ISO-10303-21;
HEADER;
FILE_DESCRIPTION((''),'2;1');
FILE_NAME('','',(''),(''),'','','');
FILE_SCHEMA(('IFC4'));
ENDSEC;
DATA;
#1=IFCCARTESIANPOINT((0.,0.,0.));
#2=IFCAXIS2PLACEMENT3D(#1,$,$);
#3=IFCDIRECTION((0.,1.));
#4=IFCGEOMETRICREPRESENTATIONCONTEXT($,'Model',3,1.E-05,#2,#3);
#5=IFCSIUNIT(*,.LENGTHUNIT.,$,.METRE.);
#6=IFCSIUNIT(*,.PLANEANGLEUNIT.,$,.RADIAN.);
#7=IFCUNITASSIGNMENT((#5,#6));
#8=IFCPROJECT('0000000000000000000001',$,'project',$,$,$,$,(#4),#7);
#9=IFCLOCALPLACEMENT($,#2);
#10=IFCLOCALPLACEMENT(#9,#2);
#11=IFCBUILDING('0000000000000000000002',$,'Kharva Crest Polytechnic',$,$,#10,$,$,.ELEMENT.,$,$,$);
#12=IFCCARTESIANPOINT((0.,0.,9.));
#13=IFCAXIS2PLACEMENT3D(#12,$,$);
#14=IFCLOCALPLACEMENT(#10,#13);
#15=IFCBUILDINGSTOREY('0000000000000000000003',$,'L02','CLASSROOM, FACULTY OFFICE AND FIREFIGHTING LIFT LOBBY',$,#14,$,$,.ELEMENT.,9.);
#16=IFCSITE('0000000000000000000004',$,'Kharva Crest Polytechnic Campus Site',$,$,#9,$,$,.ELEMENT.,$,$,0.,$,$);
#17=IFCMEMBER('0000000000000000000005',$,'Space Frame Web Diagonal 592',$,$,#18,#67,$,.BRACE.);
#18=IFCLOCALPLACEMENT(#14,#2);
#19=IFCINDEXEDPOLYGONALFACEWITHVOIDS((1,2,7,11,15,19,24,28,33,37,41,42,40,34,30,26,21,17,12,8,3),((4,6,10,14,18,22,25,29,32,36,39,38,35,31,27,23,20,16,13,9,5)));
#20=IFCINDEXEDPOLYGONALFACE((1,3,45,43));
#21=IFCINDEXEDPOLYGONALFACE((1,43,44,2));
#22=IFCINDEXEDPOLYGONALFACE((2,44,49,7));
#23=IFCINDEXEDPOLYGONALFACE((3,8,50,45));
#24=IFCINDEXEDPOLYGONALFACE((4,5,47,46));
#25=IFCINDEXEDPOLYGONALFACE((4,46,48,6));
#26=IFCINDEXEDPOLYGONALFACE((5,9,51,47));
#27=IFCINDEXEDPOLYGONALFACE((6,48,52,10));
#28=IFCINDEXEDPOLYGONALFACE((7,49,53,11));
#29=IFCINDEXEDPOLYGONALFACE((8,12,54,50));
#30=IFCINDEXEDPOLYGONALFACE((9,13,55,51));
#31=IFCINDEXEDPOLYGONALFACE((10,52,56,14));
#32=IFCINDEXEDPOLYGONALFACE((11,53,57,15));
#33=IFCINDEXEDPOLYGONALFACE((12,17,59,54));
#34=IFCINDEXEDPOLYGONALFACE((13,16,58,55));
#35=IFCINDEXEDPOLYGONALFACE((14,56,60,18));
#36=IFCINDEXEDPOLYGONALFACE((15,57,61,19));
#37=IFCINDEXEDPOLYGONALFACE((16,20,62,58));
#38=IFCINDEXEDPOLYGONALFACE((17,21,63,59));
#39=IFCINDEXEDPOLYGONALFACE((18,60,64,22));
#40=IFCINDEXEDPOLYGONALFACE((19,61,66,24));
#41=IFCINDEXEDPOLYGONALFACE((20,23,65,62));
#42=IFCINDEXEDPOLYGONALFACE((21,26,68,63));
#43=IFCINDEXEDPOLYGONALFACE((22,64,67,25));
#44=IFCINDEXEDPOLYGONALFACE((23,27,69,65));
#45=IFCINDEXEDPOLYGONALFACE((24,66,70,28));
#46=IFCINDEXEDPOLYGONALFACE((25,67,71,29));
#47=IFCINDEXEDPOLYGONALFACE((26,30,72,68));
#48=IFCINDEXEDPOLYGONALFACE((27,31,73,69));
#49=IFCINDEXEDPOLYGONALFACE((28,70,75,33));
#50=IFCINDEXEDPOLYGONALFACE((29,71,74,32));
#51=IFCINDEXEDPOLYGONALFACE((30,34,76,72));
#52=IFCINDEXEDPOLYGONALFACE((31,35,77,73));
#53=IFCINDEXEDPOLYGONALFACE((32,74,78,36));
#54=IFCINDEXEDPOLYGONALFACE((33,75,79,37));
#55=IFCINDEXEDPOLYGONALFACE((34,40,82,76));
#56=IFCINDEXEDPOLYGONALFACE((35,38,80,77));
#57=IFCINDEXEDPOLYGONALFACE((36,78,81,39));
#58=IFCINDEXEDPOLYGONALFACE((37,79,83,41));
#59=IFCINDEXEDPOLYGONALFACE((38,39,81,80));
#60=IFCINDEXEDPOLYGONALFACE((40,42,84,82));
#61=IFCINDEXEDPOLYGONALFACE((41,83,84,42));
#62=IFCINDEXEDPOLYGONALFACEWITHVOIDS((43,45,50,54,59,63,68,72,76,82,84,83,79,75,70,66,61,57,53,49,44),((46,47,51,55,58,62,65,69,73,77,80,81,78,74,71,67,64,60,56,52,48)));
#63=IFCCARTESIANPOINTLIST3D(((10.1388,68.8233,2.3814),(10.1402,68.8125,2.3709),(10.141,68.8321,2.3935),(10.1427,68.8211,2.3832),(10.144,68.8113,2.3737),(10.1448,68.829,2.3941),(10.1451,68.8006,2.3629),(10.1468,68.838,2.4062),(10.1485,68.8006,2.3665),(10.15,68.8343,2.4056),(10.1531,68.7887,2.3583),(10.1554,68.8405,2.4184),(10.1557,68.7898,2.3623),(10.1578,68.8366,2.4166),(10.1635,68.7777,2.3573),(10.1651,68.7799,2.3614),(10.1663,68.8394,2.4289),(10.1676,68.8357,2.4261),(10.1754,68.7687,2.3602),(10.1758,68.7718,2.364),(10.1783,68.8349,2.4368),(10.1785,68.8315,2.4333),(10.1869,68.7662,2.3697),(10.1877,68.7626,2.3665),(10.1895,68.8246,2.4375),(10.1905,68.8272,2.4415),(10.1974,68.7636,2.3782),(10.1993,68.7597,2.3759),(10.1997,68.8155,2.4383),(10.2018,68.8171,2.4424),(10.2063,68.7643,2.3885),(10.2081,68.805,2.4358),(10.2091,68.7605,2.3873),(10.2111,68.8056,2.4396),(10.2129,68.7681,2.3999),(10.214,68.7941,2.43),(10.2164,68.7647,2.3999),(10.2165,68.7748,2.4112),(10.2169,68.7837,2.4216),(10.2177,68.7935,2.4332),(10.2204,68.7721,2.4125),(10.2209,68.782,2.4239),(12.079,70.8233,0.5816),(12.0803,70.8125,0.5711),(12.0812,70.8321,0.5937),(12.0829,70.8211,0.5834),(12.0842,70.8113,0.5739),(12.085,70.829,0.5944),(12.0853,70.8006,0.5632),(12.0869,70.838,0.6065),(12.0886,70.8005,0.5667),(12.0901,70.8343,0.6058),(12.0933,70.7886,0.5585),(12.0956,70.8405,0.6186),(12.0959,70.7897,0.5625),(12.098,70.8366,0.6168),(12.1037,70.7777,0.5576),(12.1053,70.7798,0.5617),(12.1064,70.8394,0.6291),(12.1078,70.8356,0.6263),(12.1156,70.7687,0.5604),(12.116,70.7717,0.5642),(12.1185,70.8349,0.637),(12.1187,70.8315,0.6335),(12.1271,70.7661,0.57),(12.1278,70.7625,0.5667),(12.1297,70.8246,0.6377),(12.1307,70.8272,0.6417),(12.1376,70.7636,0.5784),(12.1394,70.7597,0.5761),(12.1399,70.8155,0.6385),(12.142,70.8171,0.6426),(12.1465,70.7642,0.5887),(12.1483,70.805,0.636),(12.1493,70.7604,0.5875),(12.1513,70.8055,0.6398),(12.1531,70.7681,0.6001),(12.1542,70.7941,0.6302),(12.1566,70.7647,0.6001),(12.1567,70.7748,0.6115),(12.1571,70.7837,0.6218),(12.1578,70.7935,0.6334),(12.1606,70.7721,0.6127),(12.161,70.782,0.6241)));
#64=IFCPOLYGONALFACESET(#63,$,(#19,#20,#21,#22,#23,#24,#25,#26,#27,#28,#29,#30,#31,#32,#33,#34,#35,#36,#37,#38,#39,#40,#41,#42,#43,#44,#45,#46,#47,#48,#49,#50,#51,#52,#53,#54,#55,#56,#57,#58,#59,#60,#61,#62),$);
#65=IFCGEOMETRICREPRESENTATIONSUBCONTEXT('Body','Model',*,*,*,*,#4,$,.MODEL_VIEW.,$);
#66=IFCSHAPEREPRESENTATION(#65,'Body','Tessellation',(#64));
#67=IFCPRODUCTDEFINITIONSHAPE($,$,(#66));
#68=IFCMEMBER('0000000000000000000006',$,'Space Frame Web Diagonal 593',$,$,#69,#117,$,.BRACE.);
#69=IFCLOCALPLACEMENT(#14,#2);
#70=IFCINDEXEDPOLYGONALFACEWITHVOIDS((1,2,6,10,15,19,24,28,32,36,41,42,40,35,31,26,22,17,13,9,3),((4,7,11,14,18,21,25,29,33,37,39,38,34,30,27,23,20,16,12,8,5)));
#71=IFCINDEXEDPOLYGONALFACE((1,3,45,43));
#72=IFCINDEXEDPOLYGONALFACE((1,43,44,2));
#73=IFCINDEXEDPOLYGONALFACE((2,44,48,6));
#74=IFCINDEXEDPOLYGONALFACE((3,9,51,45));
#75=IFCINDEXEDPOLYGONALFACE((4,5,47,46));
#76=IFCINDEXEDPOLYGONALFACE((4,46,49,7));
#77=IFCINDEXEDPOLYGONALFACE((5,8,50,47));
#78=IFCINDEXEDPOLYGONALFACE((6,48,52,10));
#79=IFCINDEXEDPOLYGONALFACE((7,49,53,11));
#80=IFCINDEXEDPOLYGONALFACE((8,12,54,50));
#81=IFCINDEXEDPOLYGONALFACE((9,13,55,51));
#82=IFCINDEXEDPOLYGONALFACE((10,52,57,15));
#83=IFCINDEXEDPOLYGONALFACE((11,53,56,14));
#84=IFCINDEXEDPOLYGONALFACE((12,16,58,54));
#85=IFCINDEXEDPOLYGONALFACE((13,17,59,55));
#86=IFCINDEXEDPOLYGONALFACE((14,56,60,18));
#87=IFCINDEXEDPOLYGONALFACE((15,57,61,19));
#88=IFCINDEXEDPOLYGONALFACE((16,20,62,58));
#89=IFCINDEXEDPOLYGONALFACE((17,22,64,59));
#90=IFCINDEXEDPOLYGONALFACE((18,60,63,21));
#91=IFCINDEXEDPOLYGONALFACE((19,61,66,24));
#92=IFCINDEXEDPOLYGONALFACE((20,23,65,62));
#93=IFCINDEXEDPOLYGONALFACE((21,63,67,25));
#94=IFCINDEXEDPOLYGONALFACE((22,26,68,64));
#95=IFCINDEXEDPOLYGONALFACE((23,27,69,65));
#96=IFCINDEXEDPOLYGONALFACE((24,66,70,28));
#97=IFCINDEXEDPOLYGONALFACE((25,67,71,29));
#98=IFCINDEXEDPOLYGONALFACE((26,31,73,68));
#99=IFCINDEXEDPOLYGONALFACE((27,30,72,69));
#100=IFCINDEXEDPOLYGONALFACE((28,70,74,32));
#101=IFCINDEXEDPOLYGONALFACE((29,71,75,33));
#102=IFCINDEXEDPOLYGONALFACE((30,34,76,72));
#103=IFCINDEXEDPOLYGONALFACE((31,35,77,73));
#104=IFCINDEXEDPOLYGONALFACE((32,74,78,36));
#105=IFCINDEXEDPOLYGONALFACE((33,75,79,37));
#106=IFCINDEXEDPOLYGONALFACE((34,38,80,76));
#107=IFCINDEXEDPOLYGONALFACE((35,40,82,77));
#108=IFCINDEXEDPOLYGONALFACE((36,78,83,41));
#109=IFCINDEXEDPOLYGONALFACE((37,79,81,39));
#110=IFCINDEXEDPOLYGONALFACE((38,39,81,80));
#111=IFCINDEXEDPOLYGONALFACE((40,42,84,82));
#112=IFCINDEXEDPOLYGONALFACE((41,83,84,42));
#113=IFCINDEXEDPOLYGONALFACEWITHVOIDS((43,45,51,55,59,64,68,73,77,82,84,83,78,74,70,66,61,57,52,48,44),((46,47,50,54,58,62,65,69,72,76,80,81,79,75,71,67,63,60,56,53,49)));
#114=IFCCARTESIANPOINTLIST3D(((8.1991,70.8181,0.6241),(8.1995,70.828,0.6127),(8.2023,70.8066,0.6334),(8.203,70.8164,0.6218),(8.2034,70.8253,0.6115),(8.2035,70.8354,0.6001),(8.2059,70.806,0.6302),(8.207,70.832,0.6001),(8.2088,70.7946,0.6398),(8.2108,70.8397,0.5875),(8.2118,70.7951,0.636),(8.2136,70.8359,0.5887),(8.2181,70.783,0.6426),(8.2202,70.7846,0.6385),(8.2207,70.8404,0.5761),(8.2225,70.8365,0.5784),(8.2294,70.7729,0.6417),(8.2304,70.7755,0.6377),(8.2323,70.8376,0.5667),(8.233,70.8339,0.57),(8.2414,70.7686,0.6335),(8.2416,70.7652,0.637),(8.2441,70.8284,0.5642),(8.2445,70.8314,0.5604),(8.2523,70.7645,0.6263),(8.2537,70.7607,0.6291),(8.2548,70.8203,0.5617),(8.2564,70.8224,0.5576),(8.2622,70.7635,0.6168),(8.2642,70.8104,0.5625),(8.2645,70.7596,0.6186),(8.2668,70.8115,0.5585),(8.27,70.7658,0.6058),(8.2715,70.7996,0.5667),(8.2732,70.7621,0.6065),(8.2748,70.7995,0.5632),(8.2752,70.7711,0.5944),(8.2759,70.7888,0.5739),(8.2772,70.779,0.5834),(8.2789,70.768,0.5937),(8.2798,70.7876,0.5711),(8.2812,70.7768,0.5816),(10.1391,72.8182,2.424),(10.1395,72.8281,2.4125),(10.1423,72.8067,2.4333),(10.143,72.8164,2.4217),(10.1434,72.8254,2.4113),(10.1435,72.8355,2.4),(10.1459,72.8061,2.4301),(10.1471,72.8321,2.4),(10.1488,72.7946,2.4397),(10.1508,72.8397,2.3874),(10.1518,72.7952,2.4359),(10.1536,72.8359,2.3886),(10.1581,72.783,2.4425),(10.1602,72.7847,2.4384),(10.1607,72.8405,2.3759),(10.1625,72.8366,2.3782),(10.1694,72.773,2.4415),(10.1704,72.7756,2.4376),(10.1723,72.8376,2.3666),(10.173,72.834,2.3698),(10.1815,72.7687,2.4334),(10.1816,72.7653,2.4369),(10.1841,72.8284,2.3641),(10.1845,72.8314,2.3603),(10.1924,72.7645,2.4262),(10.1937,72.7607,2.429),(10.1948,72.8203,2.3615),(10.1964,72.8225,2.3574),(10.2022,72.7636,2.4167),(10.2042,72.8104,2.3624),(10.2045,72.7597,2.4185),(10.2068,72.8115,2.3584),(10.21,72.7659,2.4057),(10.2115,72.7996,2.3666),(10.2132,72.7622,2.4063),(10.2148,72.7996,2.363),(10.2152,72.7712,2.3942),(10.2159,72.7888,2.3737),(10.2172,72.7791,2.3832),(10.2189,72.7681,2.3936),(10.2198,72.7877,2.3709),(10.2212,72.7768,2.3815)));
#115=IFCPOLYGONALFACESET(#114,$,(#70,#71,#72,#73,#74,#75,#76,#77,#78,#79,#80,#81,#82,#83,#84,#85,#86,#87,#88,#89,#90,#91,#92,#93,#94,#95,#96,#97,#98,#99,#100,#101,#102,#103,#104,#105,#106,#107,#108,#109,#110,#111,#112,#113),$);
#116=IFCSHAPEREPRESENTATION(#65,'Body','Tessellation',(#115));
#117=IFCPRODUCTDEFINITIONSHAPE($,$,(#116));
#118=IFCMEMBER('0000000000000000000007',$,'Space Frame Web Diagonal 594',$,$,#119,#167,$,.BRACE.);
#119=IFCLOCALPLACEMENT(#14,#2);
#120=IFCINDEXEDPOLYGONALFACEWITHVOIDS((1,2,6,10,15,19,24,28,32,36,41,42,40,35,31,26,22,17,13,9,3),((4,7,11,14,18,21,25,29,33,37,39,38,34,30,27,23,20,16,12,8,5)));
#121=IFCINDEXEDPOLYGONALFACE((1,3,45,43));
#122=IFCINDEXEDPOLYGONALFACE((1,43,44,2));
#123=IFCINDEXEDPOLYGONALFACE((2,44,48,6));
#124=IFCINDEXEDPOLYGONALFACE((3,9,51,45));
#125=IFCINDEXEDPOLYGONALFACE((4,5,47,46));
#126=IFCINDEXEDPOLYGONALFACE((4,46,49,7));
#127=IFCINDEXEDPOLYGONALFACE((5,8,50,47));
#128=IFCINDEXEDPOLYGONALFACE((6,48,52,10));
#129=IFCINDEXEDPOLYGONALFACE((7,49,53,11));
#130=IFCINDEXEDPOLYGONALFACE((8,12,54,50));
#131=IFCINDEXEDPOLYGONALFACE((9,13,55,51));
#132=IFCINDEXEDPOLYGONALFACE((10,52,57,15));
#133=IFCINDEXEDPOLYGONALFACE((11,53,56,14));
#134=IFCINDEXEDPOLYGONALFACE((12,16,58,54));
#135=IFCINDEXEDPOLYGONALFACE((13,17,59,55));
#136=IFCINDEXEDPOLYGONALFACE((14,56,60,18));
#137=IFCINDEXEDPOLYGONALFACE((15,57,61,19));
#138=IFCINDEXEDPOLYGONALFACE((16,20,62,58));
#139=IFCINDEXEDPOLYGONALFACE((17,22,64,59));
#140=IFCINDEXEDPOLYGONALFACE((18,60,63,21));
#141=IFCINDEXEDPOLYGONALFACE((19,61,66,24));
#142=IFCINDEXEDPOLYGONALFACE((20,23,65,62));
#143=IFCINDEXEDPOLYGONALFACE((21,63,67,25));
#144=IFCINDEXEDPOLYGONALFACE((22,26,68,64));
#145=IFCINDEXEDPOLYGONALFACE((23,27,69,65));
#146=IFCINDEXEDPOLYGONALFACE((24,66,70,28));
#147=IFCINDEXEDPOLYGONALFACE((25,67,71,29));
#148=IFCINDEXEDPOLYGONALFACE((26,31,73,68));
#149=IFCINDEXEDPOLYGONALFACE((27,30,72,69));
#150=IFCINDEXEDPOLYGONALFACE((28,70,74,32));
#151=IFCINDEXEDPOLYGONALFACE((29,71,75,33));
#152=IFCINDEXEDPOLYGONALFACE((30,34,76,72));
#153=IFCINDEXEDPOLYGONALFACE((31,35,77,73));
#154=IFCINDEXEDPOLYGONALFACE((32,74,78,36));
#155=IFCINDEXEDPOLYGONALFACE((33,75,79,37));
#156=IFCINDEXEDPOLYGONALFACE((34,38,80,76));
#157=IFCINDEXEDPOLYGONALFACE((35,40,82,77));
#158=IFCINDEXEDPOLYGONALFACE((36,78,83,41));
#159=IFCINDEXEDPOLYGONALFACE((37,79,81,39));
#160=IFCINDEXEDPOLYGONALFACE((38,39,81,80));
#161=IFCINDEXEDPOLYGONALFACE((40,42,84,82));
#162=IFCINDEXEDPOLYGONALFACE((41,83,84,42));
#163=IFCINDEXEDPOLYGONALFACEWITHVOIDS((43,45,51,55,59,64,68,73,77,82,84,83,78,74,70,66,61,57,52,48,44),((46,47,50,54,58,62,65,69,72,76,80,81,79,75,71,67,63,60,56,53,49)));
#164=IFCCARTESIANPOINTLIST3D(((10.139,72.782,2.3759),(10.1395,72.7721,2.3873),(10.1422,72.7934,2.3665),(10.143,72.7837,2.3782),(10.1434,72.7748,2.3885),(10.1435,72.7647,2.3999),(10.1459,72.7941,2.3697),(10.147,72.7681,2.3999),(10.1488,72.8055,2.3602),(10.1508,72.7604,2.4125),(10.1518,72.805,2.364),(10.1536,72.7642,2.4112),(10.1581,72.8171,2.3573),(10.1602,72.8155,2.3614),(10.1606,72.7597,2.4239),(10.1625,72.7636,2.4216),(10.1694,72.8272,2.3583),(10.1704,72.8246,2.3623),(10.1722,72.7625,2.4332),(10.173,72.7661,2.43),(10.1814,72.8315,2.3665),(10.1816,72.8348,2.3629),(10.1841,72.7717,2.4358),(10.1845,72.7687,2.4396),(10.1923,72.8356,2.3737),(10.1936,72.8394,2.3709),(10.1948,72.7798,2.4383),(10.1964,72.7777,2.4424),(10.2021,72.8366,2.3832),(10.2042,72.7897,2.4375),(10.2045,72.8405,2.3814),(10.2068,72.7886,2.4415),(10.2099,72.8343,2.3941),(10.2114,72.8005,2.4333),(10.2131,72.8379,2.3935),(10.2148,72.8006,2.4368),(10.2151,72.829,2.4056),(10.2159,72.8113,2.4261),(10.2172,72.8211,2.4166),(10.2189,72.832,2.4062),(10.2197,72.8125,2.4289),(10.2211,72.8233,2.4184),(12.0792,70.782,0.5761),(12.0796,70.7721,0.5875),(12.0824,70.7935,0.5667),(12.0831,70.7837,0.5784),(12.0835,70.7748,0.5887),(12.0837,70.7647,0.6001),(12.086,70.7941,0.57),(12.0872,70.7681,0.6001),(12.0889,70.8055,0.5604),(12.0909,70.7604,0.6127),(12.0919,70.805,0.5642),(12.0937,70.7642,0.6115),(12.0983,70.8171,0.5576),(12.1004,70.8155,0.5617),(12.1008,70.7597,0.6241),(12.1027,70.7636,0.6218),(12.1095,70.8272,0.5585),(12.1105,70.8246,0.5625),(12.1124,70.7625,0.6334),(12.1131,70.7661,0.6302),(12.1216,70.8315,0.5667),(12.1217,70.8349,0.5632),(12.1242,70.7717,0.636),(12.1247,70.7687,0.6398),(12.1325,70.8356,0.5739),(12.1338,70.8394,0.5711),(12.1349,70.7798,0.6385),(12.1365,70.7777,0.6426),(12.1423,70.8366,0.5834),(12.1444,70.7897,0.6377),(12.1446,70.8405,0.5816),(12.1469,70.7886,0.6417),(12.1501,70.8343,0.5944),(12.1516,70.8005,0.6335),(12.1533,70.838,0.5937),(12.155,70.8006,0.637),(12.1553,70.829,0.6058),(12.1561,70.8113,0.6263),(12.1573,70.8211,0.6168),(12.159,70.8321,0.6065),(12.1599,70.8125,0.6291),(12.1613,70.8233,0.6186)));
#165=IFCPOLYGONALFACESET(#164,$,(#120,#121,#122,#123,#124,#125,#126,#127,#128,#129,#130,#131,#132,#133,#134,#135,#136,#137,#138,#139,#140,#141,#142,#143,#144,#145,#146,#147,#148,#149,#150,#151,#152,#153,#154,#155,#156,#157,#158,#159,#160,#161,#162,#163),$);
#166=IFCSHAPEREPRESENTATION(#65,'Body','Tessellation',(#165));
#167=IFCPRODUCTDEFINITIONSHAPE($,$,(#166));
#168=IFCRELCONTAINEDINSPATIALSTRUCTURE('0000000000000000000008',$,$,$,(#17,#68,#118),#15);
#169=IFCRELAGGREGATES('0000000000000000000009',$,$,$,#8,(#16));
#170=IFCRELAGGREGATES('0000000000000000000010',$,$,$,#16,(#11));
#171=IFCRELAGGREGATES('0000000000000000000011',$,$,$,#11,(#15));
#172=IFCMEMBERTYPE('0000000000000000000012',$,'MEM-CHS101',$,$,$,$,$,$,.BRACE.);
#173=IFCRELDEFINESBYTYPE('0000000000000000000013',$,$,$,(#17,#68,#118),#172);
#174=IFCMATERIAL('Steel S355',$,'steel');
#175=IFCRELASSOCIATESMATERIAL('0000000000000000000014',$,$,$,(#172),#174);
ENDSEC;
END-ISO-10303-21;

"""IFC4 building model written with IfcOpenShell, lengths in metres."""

from ifc_helpers import new_model, si_unit, direction, frame, origin, origin_2d, place, context, subcontext, project, spatial, hollow_circle, extrude, material, material_profile, profile_set, type_object, element, save


model = new_model("IFC4")

# Units and contexts
model_context = context("Model", 3, precision=1e-05, world=origin(), true_north=direction((0.0, 1.0)))
body_context = subcontext(model_context, "Body", "Model", "MODEL_VIEW")
ifc_project = project(units=[si_unit("LENGTHUNIT", "METRE"), si_unit("PLANEANGLEUNIT", "RADIAN")], contexts=[model_context])

# Site, building, storey
site_placement = place(None, origin())
site = spatial("IfcSite", under=ifc_project, at=site_placement, Name="Kharva Crest Polytechnic Campus Site", CompositionType="ELEMENT", RefElevation=0.0)
building_placement = place(site_placement, origin())
building = spatial("IfcBuilding", under=site, at=building_placement, Name="Kharva Crest Polytechnic", CompositionType="ELEMENT")
storey_placement = place(building_placement, frame((0.0, 0.0, 9.0)))
storey = spatial("IfcBuildingStorey", under=building, at=storey_placement, Name="L02", Description="CLASSROOM, FACULTY OFFICE AND FIREFIGHTING LIFT LOBBY", CompositionType="ELEMENT", Elevation=9.0)

# Shared definitions
ifc_material_1 = material(Name="Steel S355", Category="steel")

# Members
ifc_material_profile_1 = material_profile(ifc_material_1, hollow_circle(Radius=0.0508, WallThickness=0.0049, at=origin_2d()), Name="CHS 101.6X5.0")
ifc_profile_set_1 = profile_set([ifc_material_profile_1], Name="Steel S355")
member_type_1 = type_object("IfcMemberType", Name="MEM-CHS101", PredefinedType="BRACE", material=ifc_profile_set_1)
for number, where, z_axis, x_axis, name in (
    (1, (12.1201, 70.8, 0.6001), (-0.584892, -0.602924, 0.542572), (0.717758, -0.696292, 0.0), "Space Frame Web Diagonal 592"),
    (2, (8.24, 70.8, 0.6001), (0.584843, 0.60295, 0.542596), (-0.717802, 0.696247, 0.0), "Space Frame Web Diagonal 593"),
    (3, (12.1201, 70.8, 0.6001), (-0.584892, 0.602924, 0.542572), (-0.717758, -0.696292, 0.0), "Space Frame Web Diagonal 594"),
):
    element("IfcMember", number, at=place(storey_placement, frame(where, z_axis=z_axis, x_axis=x_axis)), inside=storey, type_object=member_type_1, Name=name, PredefinedType="BRACE", context=body_context, shape_type="SweptSolid", body=[
        extrude(hollow_circle(Radius=0.0508, WallThickness=0.0049, at=origin_2d()), origin(), (0.0, 0.0, 1.0), 3.3171),
    ])

save(model, "model.ifc")
